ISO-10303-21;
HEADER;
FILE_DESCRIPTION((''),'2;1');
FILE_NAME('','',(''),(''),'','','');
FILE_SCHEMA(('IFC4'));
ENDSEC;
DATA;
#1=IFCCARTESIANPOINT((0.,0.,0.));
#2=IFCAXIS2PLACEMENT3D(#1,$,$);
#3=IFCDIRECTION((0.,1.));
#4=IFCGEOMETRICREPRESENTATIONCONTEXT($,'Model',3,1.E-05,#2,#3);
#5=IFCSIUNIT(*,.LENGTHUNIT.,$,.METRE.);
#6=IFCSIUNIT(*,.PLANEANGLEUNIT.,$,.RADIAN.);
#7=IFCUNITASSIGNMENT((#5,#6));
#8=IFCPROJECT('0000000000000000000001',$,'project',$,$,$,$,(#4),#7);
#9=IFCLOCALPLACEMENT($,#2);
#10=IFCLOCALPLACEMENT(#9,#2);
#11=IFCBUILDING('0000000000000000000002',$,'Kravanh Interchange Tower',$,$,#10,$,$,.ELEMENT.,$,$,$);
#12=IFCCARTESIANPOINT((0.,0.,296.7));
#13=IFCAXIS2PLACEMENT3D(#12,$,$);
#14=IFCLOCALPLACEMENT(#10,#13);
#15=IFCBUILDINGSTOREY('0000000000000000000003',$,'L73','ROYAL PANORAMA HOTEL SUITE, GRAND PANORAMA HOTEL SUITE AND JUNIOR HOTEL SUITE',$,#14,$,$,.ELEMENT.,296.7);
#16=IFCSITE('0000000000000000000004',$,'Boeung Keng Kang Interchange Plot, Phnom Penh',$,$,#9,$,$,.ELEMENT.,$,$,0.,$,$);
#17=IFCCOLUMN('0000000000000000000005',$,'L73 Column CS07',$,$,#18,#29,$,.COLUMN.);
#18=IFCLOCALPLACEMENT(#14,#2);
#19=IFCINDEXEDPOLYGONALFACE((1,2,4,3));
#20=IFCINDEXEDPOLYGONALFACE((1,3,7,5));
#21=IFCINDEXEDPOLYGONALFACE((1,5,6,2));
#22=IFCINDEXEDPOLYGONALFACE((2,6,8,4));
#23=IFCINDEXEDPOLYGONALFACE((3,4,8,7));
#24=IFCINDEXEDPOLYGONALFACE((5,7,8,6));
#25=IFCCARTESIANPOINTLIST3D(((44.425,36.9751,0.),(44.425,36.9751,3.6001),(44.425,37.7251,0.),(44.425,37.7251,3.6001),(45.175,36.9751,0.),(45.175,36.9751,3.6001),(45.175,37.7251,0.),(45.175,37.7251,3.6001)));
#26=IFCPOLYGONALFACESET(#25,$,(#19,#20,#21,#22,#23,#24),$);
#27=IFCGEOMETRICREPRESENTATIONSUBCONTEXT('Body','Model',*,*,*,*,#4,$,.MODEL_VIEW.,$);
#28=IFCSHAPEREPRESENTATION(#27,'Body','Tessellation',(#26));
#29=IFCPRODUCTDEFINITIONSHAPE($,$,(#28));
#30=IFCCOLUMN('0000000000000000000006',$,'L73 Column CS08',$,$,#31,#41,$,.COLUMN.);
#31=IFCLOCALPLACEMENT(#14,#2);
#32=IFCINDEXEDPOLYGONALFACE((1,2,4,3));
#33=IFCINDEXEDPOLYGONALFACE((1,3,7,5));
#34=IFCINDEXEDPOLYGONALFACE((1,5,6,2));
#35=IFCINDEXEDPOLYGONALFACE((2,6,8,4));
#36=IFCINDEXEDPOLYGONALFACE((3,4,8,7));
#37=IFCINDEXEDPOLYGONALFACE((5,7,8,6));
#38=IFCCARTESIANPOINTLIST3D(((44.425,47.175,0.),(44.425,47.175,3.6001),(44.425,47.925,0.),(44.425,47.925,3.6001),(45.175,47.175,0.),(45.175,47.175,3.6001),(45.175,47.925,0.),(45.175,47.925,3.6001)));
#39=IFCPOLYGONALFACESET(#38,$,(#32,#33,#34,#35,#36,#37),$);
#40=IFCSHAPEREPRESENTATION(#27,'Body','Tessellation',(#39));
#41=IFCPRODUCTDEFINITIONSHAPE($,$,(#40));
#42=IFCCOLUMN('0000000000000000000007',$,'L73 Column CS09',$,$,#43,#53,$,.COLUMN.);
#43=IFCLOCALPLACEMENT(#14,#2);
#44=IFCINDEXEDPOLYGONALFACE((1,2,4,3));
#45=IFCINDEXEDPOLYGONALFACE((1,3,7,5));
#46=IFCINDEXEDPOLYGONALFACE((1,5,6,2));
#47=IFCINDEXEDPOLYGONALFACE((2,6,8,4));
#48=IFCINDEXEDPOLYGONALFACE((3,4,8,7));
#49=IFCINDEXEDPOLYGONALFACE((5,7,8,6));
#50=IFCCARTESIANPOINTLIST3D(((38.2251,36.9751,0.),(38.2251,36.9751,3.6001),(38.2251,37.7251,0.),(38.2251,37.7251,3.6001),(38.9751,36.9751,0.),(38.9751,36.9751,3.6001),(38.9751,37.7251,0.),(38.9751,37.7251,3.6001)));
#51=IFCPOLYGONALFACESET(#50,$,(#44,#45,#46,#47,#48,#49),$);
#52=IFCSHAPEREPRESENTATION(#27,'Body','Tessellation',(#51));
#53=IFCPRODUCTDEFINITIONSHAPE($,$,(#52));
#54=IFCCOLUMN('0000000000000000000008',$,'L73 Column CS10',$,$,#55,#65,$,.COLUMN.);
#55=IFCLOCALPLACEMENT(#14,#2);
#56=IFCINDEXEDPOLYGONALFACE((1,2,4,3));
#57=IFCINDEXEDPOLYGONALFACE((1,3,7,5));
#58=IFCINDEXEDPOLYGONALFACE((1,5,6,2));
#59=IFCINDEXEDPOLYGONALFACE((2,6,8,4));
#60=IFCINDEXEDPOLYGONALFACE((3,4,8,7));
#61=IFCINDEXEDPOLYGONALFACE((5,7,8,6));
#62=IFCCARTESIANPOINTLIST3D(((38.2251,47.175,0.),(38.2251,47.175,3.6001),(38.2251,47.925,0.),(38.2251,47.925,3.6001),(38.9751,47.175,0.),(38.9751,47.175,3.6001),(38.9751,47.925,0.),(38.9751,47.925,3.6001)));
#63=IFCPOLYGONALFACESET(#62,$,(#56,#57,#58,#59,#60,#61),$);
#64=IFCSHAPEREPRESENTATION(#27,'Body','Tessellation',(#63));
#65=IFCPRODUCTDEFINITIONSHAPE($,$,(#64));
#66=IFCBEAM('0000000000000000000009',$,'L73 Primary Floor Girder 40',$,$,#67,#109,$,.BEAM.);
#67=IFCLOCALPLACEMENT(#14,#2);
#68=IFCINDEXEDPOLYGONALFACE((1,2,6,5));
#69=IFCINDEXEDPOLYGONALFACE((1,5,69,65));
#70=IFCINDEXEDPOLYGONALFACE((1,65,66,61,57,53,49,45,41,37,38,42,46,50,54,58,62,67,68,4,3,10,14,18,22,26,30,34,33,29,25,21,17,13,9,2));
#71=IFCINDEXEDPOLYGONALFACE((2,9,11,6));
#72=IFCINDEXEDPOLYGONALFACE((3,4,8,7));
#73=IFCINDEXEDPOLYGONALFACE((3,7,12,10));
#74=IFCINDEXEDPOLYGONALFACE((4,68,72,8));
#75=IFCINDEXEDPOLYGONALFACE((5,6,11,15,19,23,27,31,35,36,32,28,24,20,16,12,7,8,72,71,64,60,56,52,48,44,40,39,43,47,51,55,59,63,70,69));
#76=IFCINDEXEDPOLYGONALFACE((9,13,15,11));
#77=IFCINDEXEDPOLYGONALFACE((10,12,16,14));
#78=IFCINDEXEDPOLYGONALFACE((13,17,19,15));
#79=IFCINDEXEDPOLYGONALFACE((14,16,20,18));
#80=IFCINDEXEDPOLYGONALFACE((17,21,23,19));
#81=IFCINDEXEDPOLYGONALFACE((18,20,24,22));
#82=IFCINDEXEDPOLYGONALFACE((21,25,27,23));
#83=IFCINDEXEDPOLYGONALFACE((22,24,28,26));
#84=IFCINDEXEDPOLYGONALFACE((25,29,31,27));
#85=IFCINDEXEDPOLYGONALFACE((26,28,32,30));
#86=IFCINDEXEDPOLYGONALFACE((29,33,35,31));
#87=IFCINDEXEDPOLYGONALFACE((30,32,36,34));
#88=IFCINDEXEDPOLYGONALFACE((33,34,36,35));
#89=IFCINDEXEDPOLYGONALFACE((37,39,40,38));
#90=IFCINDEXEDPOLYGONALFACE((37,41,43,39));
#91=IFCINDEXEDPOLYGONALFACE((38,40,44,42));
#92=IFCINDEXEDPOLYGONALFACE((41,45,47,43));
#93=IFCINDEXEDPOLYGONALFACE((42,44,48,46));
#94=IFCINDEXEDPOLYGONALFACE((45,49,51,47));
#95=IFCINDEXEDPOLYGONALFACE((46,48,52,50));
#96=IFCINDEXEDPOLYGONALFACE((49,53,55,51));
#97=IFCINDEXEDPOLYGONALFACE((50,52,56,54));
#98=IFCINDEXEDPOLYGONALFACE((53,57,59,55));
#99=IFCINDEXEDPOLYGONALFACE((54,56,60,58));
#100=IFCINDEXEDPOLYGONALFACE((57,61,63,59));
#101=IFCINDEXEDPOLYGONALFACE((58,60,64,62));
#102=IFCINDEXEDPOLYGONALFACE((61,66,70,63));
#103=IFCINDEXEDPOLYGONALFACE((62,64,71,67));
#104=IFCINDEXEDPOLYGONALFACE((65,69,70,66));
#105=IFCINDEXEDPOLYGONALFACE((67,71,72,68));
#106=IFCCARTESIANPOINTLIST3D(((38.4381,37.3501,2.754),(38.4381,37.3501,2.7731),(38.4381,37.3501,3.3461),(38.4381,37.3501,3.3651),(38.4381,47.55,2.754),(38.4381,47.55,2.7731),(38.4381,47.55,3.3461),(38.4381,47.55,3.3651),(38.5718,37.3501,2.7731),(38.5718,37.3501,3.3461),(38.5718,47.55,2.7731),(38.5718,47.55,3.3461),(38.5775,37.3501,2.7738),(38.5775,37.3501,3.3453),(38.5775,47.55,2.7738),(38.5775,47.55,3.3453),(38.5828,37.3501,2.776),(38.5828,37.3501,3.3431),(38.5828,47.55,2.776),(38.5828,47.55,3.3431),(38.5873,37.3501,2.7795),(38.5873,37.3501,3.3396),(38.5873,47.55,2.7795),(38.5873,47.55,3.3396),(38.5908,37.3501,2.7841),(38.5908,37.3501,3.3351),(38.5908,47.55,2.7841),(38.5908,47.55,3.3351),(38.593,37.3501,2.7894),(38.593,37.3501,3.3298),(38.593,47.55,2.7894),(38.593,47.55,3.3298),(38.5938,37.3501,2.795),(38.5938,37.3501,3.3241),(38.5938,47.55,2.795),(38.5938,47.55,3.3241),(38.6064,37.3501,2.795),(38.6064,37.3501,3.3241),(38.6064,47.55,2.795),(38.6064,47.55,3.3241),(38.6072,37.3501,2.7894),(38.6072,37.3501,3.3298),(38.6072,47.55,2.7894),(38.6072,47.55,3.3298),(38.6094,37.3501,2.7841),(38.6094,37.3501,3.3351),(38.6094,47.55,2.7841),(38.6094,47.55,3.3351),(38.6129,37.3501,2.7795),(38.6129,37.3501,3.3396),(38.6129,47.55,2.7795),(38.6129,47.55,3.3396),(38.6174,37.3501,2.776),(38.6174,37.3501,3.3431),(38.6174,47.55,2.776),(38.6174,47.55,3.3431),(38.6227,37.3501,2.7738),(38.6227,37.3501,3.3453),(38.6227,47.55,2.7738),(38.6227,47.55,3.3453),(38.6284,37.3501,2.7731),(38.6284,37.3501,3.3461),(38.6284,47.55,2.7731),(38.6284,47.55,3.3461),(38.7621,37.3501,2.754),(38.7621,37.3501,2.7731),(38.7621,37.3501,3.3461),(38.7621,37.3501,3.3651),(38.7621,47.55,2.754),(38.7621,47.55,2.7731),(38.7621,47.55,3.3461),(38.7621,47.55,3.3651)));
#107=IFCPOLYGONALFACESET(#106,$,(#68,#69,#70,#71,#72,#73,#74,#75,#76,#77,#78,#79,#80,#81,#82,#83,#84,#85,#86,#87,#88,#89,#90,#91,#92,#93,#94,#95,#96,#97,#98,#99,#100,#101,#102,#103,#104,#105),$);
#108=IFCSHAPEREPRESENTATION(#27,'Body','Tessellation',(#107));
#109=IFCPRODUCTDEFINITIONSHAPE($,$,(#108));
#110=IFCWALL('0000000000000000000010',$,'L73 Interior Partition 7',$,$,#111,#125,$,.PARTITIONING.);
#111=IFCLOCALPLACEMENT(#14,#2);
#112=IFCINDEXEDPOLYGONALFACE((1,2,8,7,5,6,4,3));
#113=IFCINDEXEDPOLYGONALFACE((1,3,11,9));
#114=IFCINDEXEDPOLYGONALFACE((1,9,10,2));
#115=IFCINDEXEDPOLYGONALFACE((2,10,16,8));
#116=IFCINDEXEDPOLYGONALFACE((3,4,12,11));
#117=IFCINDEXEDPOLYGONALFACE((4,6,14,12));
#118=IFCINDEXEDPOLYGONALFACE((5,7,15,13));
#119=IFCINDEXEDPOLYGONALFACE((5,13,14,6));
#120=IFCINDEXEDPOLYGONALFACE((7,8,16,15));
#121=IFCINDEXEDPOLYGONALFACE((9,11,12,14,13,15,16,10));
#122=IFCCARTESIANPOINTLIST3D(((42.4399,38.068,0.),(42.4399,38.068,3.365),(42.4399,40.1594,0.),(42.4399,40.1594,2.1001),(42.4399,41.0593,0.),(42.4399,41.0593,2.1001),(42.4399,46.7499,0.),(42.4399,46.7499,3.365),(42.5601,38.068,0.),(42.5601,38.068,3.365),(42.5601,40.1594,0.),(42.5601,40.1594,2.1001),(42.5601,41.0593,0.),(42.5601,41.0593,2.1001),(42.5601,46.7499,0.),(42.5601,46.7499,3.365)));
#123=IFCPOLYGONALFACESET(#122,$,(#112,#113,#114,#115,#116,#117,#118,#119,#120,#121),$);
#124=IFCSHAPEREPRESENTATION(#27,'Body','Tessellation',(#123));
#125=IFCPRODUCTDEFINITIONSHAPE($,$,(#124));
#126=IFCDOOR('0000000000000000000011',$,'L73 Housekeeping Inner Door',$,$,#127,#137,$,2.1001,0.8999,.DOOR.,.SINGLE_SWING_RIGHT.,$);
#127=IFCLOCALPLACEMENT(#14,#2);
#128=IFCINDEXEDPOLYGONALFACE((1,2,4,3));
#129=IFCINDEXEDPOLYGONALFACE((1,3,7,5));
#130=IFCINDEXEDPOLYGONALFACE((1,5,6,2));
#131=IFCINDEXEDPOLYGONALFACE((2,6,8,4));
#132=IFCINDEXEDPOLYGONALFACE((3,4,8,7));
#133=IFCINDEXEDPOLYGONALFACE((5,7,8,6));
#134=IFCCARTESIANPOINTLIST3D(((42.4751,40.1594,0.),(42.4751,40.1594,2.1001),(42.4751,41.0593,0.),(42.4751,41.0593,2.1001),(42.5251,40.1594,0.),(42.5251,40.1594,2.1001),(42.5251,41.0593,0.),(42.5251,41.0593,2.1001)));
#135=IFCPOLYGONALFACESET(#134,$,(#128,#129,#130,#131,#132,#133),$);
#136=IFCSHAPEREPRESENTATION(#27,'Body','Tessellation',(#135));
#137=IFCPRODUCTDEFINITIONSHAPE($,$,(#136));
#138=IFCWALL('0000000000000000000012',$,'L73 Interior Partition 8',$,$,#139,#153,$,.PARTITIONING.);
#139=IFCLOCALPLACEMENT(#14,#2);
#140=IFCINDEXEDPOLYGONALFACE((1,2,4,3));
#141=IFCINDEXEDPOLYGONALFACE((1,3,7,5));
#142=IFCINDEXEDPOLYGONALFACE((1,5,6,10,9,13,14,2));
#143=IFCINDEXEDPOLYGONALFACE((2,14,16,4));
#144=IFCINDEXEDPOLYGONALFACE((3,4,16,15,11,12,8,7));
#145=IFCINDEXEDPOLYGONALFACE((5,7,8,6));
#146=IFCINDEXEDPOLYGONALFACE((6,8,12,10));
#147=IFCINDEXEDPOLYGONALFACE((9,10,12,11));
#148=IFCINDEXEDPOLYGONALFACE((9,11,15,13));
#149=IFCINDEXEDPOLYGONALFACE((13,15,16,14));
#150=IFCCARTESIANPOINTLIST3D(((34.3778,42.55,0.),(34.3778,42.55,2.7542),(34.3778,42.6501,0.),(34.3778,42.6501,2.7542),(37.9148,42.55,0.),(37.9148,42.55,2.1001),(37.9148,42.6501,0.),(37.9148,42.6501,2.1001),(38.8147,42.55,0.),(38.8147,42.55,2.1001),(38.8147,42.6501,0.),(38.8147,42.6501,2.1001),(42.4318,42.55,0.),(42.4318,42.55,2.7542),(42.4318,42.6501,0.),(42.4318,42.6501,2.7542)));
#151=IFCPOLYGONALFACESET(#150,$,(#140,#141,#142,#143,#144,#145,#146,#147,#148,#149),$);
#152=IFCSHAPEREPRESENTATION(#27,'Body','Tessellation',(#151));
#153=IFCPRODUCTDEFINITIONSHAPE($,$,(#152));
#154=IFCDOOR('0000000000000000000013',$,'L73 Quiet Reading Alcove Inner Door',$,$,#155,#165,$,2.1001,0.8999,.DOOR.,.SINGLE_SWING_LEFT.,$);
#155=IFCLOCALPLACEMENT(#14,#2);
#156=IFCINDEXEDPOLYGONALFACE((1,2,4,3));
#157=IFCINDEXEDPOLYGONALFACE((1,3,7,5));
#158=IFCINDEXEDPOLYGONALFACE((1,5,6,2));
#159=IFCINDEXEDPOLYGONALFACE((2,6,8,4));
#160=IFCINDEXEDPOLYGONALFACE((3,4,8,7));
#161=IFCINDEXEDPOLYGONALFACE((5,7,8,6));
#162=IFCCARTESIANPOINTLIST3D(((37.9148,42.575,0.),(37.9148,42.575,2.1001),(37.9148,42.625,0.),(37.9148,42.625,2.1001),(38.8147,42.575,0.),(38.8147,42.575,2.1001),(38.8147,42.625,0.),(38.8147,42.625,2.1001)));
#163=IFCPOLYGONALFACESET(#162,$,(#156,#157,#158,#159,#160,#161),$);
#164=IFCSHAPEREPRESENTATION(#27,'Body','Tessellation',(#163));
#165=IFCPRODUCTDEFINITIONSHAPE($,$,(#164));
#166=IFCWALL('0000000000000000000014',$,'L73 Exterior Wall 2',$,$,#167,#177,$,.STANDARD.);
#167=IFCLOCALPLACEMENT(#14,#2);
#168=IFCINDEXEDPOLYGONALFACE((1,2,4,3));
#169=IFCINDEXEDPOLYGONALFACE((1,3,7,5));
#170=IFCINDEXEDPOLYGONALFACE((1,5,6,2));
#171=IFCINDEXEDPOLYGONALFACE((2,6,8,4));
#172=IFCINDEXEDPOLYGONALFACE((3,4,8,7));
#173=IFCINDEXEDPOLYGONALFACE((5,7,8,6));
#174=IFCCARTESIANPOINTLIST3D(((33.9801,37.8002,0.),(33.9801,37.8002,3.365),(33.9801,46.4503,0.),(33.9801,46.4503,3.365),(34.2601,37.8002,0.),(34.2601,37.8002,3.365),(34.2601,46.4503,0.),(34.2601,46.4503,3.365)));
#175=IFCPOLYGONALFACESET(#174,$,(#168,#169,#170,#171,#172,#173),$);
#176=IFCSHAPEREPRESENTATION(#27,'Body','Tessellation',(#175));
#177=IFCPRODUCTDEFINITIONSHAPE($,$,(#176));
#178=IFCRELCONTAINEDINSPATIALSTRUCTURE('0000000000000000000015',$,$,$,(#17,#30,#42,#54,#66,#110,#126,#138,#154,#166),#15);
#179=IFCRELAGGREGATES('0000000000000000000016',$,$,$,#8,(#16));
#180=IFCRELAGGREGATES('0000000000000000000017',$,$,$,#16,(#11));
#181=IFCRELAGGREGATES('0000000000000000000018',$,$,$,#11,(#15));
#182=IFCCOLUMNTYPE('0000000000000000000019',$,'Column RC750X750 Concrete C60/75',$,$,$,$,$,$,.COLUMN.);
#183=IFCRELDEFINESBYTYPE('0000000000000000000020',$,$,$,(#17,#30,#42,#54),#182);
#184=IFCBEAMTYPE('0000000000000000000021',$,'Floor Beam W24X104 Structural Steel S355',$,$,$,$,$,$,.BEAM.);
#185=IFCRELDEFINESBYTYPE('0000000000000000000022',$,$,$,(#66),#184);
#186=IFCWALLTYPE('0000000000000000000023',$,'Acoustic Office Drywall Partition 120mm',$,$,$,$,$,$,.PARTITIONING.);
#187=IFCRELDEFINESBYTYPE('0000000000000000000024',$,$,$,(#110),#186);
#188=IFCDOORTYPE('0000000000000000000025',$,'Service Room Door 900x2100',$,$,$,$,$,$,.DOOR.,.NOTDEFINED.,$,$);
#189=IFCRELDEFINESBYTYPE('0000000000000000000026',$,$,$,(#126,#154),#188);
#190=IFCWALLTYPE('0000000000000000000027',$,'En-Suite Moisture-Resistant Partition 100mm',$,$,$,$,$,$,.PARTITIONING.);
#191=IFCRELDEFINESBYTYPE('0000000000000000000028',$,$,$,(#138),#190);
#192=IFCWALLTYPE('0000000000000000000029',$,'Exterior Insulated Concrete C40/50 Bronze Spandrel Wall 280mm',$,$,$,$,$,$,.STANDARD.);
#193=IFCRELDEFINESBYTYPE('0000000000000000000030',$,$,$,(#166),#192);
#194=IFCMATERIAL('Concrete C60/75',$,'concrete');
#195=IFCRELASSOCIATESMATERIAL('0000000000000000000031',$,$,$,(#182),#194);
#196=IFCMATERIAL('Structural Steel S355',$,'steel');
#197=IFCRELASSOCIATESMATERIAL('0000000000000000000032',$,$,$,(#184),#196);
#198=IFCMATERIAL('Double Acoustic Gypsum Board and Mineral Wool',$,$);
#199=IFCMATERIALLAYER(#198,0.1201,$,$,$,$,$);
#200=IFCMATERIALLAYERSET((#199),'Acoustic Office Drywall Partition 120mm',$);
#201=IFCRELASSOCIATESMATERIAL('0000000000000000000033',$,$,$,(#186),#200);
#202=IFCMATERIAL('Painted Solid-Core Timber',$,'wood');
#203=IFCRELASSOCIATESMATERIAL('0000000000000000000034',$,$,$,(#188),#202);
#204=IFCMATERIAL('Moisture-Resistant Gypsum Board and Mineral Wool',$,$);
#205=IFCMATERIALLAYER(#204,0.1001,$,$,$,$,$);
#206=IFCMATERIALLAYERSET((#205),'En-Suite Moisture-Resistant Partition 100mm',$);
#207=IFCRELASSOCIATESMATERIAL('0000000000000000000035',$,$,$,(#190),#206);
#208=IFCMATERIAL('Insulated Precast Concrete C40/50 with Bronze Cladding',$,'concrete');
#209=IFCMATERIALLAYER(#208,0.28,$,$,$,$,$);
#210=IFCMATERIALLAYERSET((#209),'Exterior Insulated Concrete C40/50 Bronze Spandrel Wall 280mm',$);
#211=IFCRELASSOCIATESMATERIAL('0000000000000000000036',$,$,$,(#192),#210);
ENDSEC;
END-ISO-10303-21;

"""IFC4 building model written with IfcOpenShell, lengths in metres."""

from ifc_helpers import new_model, si_unit, direction, frame, frame_2d, origin, origin_2d, place, context, subcontext, project, spatial, rectangle, i_section, extrude, material, layer, layer_set, material_profile, profile_set, type_object, element, fill, save


model = new_model("IFC4")

# Units and contexts
model_context = context("Model", 3, precision=1e-05, world=origin(), true_north=direction((0.0, 1.0)))
body_context = subcontext(model_context, "Body", "Model", "MODEL_VIEW")
ifc_project = project(units=[si_unit("LENGTHUNIT", "METRE"), si_unit("PLANEANGLEUNIT", "RADIAN")], contexts=[model_context])

# Site, building, storey
site_placement = place(None, origin())
site = spatial("IfcSite", under=ifc_project, at=site_placement, Name="Boeung Keng Kang Interchange Plot, Phnom Penh", CompositionType="ELEMENT", RefElevation=0.0)
building_placement = place(site_placement, origin())
building = spatial("IfcBuilding", under=site, at=building_placement, Name="Kravanh Interchange Tower", CompositionType="ELEMENT")
storey_placement = place(building_placement, frame((0.0, 0.0, 296.7)))
storey = spatial("IfcBuildingStorey", under=building, at=storey_placement, Name="L73", Description="ROYAL PANORAMA HOTEL SUITE, GRAND PANORAMA HOTEL SUITE AND JUNIOR HOTEL SUITE", CompositionType="ELEMENT", Elevation=296.7)

# Columns
ifc_material_1 = material(Name="Concrete C60/75", Category="concrete")
ifc_material_profile_1 = material_profile(ifc_material_1, rectangle(XDim=0.75, YDim=0.75, at=origin_2d()), Name="RC750X750")
ifc_profile_set_1 = profile_set([ifc_material_profile_1], Name="Concrete C60/75")
column_type = type_object("IfcColumnType", Name="Column RC750X750 Concrete C60/75", PredefinedType="COLUMN", material=ifc_profile_set_1)
for number, where, z_axis, x_axis, name in (
    (1, (44.8, 37.3501, 0.0), (0.0, 0.0, 1.0), (1.0, 0.0, 0.0), "L73 Column CS07"),
    (2, (44.8, 47.55, 0.0), (0.0, 0.0, 1.0), (1.0, 0.0, 0.0), "L73 Column CS08"),
    (3, (38.6001, 37.3501, 0.0), (0.0, 0.0, 1.0), (1.0, 0.0, 0.0), "L73 Column CS09"),
    (4, (38.6001, 47.55, 0.0), (0.0, 0.0, 1.0), (1.0, 0.0, 0.0), "L73 Column CS10"),
):
    element("IfcColumn", number, at=place(storey_placement, frame(where, z_axis=z_axis, x_axis=x_axis)), inside=storey, type_object=column_type, Name=name, PredefinedType="COLUMN", context=body_context, shape_type="SweptSolid", body=[
        extrude(rectangle(XDim=0.75, YDim=0.75, at=origin_2d()), origin(), (0.0, 0.0, 1.0), 3.6001),
    ])

# Beam
ifc_material_2 = material(Name="Structural Steel S355", Category="steel")
ifc_material_profile_2 = material_profile(ifc_material_2, i_section(OverallWidth=0.324, OverallDepth=0.6111, WebThickness=0.0127, FlangeThickness=0.019, FilletRadius=0.022, at=origin_2d()), Name="W24X104")
ifc_profile_set_2 = profile_set([ifc_material_profile_2], Name="Structural Steel S355")
beam_type = type_object("IfcBeamType", Name="Floor Beam W24X104 Structural Steel S355", PredefinedType="BEAM", material=ifc_profile_set_2)
beam_placement = place(storey_placement, frame((38.6001, 37.3501, 3.0596), z_axis=(0.0, 1.0, 0.0), x_axis=(-1.0, 0.0, 0.0)))
element("IfcBeam", 5, at=beam_placement, inside=storey, type_object=beam_type, Name="L73 Primary Floor Girder 40", PredefinedType="BEAM", context=body_context, shape_type="SweptSolid", body=[
    extrude(i_section(OverallWidth=0.324, OverallDepth=0.6111, WebThickness=0.0127, FlangeThickness=0.019, FilletRadius=0.022, at=origin_2d()), origin(), (0.0, 0.0, 1.0), 10.2),
])

# Walls, openings, doors
ifc_material_3 = material(Name="Double Acoustic Gypsum Board and Mineral Wool")
ifc_layer_1 = layer(ifc_material_3, 0.1201)
ifc_layer_set_1 = layer_set([ifc_layer_1], Name="Acoustic Office Drywall Partition 120mm")
wall_type_1 = type_object("IfcWallType", Name="Acoustic Office Drywall Partition 120mm", PredefinedType="PARTITIONING", material=ifc_layer_set_1)
wall_1_placement = place(storey_placement, frame((42.5, 38.0681, 0.0), z_axis=(0.0, 0.0, 1.0), x_axis=(0.0, 1.0, 0.0)))
wall_1 = element("IfcWall", 6, at=wall_1_placement, inside=storey, type_object=wall_type_1, Name="L73 Interior Partition 7", PredefinedType="PARTITIONING", context=body_context, shape_type="SweptSolid", body=[
    extrude(rectangle(XDim=8.6819, YDim=0.1201, at=frame_2d((4.3408, 0.0))), origin(), (0.0, 0.0, 1.0), 3.365),
])
opening_1_placement = place(wall_1_placement, frame((2.0913, 0.0, 0.0)))
opening_1 = element("IfcOpeningElement", 7, at=opening_1_placement, cuts=wall_1, PredefinedType="OPENING", context=body_context, shape_type="SweptSolid", body=[
    extrude(rectangle(XDim=0.8999, YDim=2.1001, at=frame_2d((0.45, 1.05))), frame((0.0, 0.0701, 0.0), z_axis=(0.0, -1.0, 0.0), x_axis=(1.0, 0.0, 0.0)), (0.0, 0.0, 1.0), 0.1401),
])
ifc_material_4 = material(Name="Painted Solid-Core Timber", Category="wood")
door_type_1 = type_object("IfcDoorType", Name="Service Room Door 900x2100", OperationType="NOTDEFINED", PredefinedType="DOOR", material=ifc_material_4)
door_1_placement = place(opening_1_placement, origin())
door_1 = element("IfcDoor", 8, at=door_1_placement, inside=storey, type_object=door_type_1, Name="L73 Housekeeping Inner Door", OperationType="SINGLE_SWING_RIGHT", OverallHeight=2.1001, OverallWidth=0.8999, PredefinedType="DOOR", context=body_context, shape_type="SweptSolid", body=[
    extrude(rectangle(XDim=0.8999, YDim=2.1001, at=frame_2d((0.45, 1.05))), frame((0.0, 0.0249, 0.0), z_axis=(0.0, -1.0, 0.0), x_axis=(1.0, 0.0, 0.0)), (0.0, 0.0, 1.0), 0.05),
])
fill(opening_1, door_1)
ifc_material_5 = material(Name="Moisture-Resistant Gypsum Board and Mineral Wool")
ifc_layer_2 = layer(ifc_material_5, 0.1001)
ifc_layer_set_2 = layer_set([ifc_layer_2], Name="En-Suite Moisture-Resistant Partition 100mm")
wall_type_2 = type_object("IfcWallType", Name="En-Suite Moisture-Resistant Partition 100mm", PredefinedType="PARTITIONING", material=ifc_layer_set_2)
wall_2_placement = place(storey_placement, frame((34.3779, 42.6001, 0.0), z_axis=(0.0, 0.0, 1.0), x_axis=(1.0, 0.0, 0.0)))
wall_2 = element("IfcWall", 9, at=wall_2_placement, inside=storey, type_object=wall_type_2, Name="L73 Interior Partition 8", PredefinedType="PARTITIONING", context=body_context, shape_type="SweptSolid", body=[
    extrude(rectangle(XDim=8.054, YDim=0.1001, at=frame_2d((4.0269, 0.0))), origin(), (0.0, 0.0, 1.0), 2.7542),
])
opening_2_placement = place(wall_2_placement, frame((3.5369, 0.0, 0.0)))
opening_2 = element("IfcOpeningElement", 10, at=opening_2_placement, cuts=wall_2, PredefinedType="OPENING", context=body_context, shape_type="SweptSolid", body=[
    extrude(rectangle(XDim=0.8999, YDim=2.1001, at=frame_2d((0.45, 1.05))), frame((0.0, 0.0601, 0.0), z_axis=(0.0, -1.0, 0.0), x_axis=(1.0, 0.0, 0.0)), (0.0, 0.0, 1.0), 0.1201),
])
door_2_placement = place(opening_2_placement, origin())
door_2 = element("IfcDoor", 11, at=door_2_placement, inside=storey, type_object=door_type_1, Name="L73 Quiet Reading Alcove Inner Door", OperationType="SINGLE_SWING_LEFT", OverallHeight=2.1001, OverallWidth=0.8999, PredefinedType="DOOR", context=body_context, shape_type="SweptSolid", body=[
    extrude(rectangle(XDim=0.8999, YDim=2.1001, at=frame_2d((0.45, 1.05))), frame((0.0, 0.0249, 0.0), z_axis=(0.0, -1.0, 0.0), x_axis=(1.0, 0.0, 0.0)), (0.0, 0.0, 1.0), 0.05),
])
fill(opening_2, door_2)

# Wall
ifc_material_6 = material(Name="Insulated Precast Concrete C40/50 with Bronze Cladding", Category="concrete")
ifc_layer_3 = layer(ifc_material_6, 0.28)
ifc_layer_set_3 = layer_set([ifc_layer_3], Name="Exterior Insulated Concrete C40/50 Bronze Spandrel Wall 280mm")
wall_type_3 = type_object("IfcWallType", Name="Exterior Insulated Concrete C40/50 Bronze Spandrel Wall 280mm", PredefinedType="STANDARD", material=ifc_layer_set_3)
wall_3_placement = place(storey_placement, frame((34.1201, 37.8, 0.0), z_axis=(0.0, 0.0, 1.0), x_axis=(0.0, 1.0, 0.0)))
element("IfcWall", 12, at=wall_3_placement, inside=storey, type_object=wall_type_3, Name="L73 Exterior Wall 2", PredefinedType="STANDARD", context=body_context, shape_type="SweptSolid", body=[
    extrude(rectangle(XDim=8.6501, YDim=0.28, at=frame_2d((4.3252, 0.0))), origin(), (0.0, 0.0, 1.0), 3.365),
])

save(model, "model.ifc")
